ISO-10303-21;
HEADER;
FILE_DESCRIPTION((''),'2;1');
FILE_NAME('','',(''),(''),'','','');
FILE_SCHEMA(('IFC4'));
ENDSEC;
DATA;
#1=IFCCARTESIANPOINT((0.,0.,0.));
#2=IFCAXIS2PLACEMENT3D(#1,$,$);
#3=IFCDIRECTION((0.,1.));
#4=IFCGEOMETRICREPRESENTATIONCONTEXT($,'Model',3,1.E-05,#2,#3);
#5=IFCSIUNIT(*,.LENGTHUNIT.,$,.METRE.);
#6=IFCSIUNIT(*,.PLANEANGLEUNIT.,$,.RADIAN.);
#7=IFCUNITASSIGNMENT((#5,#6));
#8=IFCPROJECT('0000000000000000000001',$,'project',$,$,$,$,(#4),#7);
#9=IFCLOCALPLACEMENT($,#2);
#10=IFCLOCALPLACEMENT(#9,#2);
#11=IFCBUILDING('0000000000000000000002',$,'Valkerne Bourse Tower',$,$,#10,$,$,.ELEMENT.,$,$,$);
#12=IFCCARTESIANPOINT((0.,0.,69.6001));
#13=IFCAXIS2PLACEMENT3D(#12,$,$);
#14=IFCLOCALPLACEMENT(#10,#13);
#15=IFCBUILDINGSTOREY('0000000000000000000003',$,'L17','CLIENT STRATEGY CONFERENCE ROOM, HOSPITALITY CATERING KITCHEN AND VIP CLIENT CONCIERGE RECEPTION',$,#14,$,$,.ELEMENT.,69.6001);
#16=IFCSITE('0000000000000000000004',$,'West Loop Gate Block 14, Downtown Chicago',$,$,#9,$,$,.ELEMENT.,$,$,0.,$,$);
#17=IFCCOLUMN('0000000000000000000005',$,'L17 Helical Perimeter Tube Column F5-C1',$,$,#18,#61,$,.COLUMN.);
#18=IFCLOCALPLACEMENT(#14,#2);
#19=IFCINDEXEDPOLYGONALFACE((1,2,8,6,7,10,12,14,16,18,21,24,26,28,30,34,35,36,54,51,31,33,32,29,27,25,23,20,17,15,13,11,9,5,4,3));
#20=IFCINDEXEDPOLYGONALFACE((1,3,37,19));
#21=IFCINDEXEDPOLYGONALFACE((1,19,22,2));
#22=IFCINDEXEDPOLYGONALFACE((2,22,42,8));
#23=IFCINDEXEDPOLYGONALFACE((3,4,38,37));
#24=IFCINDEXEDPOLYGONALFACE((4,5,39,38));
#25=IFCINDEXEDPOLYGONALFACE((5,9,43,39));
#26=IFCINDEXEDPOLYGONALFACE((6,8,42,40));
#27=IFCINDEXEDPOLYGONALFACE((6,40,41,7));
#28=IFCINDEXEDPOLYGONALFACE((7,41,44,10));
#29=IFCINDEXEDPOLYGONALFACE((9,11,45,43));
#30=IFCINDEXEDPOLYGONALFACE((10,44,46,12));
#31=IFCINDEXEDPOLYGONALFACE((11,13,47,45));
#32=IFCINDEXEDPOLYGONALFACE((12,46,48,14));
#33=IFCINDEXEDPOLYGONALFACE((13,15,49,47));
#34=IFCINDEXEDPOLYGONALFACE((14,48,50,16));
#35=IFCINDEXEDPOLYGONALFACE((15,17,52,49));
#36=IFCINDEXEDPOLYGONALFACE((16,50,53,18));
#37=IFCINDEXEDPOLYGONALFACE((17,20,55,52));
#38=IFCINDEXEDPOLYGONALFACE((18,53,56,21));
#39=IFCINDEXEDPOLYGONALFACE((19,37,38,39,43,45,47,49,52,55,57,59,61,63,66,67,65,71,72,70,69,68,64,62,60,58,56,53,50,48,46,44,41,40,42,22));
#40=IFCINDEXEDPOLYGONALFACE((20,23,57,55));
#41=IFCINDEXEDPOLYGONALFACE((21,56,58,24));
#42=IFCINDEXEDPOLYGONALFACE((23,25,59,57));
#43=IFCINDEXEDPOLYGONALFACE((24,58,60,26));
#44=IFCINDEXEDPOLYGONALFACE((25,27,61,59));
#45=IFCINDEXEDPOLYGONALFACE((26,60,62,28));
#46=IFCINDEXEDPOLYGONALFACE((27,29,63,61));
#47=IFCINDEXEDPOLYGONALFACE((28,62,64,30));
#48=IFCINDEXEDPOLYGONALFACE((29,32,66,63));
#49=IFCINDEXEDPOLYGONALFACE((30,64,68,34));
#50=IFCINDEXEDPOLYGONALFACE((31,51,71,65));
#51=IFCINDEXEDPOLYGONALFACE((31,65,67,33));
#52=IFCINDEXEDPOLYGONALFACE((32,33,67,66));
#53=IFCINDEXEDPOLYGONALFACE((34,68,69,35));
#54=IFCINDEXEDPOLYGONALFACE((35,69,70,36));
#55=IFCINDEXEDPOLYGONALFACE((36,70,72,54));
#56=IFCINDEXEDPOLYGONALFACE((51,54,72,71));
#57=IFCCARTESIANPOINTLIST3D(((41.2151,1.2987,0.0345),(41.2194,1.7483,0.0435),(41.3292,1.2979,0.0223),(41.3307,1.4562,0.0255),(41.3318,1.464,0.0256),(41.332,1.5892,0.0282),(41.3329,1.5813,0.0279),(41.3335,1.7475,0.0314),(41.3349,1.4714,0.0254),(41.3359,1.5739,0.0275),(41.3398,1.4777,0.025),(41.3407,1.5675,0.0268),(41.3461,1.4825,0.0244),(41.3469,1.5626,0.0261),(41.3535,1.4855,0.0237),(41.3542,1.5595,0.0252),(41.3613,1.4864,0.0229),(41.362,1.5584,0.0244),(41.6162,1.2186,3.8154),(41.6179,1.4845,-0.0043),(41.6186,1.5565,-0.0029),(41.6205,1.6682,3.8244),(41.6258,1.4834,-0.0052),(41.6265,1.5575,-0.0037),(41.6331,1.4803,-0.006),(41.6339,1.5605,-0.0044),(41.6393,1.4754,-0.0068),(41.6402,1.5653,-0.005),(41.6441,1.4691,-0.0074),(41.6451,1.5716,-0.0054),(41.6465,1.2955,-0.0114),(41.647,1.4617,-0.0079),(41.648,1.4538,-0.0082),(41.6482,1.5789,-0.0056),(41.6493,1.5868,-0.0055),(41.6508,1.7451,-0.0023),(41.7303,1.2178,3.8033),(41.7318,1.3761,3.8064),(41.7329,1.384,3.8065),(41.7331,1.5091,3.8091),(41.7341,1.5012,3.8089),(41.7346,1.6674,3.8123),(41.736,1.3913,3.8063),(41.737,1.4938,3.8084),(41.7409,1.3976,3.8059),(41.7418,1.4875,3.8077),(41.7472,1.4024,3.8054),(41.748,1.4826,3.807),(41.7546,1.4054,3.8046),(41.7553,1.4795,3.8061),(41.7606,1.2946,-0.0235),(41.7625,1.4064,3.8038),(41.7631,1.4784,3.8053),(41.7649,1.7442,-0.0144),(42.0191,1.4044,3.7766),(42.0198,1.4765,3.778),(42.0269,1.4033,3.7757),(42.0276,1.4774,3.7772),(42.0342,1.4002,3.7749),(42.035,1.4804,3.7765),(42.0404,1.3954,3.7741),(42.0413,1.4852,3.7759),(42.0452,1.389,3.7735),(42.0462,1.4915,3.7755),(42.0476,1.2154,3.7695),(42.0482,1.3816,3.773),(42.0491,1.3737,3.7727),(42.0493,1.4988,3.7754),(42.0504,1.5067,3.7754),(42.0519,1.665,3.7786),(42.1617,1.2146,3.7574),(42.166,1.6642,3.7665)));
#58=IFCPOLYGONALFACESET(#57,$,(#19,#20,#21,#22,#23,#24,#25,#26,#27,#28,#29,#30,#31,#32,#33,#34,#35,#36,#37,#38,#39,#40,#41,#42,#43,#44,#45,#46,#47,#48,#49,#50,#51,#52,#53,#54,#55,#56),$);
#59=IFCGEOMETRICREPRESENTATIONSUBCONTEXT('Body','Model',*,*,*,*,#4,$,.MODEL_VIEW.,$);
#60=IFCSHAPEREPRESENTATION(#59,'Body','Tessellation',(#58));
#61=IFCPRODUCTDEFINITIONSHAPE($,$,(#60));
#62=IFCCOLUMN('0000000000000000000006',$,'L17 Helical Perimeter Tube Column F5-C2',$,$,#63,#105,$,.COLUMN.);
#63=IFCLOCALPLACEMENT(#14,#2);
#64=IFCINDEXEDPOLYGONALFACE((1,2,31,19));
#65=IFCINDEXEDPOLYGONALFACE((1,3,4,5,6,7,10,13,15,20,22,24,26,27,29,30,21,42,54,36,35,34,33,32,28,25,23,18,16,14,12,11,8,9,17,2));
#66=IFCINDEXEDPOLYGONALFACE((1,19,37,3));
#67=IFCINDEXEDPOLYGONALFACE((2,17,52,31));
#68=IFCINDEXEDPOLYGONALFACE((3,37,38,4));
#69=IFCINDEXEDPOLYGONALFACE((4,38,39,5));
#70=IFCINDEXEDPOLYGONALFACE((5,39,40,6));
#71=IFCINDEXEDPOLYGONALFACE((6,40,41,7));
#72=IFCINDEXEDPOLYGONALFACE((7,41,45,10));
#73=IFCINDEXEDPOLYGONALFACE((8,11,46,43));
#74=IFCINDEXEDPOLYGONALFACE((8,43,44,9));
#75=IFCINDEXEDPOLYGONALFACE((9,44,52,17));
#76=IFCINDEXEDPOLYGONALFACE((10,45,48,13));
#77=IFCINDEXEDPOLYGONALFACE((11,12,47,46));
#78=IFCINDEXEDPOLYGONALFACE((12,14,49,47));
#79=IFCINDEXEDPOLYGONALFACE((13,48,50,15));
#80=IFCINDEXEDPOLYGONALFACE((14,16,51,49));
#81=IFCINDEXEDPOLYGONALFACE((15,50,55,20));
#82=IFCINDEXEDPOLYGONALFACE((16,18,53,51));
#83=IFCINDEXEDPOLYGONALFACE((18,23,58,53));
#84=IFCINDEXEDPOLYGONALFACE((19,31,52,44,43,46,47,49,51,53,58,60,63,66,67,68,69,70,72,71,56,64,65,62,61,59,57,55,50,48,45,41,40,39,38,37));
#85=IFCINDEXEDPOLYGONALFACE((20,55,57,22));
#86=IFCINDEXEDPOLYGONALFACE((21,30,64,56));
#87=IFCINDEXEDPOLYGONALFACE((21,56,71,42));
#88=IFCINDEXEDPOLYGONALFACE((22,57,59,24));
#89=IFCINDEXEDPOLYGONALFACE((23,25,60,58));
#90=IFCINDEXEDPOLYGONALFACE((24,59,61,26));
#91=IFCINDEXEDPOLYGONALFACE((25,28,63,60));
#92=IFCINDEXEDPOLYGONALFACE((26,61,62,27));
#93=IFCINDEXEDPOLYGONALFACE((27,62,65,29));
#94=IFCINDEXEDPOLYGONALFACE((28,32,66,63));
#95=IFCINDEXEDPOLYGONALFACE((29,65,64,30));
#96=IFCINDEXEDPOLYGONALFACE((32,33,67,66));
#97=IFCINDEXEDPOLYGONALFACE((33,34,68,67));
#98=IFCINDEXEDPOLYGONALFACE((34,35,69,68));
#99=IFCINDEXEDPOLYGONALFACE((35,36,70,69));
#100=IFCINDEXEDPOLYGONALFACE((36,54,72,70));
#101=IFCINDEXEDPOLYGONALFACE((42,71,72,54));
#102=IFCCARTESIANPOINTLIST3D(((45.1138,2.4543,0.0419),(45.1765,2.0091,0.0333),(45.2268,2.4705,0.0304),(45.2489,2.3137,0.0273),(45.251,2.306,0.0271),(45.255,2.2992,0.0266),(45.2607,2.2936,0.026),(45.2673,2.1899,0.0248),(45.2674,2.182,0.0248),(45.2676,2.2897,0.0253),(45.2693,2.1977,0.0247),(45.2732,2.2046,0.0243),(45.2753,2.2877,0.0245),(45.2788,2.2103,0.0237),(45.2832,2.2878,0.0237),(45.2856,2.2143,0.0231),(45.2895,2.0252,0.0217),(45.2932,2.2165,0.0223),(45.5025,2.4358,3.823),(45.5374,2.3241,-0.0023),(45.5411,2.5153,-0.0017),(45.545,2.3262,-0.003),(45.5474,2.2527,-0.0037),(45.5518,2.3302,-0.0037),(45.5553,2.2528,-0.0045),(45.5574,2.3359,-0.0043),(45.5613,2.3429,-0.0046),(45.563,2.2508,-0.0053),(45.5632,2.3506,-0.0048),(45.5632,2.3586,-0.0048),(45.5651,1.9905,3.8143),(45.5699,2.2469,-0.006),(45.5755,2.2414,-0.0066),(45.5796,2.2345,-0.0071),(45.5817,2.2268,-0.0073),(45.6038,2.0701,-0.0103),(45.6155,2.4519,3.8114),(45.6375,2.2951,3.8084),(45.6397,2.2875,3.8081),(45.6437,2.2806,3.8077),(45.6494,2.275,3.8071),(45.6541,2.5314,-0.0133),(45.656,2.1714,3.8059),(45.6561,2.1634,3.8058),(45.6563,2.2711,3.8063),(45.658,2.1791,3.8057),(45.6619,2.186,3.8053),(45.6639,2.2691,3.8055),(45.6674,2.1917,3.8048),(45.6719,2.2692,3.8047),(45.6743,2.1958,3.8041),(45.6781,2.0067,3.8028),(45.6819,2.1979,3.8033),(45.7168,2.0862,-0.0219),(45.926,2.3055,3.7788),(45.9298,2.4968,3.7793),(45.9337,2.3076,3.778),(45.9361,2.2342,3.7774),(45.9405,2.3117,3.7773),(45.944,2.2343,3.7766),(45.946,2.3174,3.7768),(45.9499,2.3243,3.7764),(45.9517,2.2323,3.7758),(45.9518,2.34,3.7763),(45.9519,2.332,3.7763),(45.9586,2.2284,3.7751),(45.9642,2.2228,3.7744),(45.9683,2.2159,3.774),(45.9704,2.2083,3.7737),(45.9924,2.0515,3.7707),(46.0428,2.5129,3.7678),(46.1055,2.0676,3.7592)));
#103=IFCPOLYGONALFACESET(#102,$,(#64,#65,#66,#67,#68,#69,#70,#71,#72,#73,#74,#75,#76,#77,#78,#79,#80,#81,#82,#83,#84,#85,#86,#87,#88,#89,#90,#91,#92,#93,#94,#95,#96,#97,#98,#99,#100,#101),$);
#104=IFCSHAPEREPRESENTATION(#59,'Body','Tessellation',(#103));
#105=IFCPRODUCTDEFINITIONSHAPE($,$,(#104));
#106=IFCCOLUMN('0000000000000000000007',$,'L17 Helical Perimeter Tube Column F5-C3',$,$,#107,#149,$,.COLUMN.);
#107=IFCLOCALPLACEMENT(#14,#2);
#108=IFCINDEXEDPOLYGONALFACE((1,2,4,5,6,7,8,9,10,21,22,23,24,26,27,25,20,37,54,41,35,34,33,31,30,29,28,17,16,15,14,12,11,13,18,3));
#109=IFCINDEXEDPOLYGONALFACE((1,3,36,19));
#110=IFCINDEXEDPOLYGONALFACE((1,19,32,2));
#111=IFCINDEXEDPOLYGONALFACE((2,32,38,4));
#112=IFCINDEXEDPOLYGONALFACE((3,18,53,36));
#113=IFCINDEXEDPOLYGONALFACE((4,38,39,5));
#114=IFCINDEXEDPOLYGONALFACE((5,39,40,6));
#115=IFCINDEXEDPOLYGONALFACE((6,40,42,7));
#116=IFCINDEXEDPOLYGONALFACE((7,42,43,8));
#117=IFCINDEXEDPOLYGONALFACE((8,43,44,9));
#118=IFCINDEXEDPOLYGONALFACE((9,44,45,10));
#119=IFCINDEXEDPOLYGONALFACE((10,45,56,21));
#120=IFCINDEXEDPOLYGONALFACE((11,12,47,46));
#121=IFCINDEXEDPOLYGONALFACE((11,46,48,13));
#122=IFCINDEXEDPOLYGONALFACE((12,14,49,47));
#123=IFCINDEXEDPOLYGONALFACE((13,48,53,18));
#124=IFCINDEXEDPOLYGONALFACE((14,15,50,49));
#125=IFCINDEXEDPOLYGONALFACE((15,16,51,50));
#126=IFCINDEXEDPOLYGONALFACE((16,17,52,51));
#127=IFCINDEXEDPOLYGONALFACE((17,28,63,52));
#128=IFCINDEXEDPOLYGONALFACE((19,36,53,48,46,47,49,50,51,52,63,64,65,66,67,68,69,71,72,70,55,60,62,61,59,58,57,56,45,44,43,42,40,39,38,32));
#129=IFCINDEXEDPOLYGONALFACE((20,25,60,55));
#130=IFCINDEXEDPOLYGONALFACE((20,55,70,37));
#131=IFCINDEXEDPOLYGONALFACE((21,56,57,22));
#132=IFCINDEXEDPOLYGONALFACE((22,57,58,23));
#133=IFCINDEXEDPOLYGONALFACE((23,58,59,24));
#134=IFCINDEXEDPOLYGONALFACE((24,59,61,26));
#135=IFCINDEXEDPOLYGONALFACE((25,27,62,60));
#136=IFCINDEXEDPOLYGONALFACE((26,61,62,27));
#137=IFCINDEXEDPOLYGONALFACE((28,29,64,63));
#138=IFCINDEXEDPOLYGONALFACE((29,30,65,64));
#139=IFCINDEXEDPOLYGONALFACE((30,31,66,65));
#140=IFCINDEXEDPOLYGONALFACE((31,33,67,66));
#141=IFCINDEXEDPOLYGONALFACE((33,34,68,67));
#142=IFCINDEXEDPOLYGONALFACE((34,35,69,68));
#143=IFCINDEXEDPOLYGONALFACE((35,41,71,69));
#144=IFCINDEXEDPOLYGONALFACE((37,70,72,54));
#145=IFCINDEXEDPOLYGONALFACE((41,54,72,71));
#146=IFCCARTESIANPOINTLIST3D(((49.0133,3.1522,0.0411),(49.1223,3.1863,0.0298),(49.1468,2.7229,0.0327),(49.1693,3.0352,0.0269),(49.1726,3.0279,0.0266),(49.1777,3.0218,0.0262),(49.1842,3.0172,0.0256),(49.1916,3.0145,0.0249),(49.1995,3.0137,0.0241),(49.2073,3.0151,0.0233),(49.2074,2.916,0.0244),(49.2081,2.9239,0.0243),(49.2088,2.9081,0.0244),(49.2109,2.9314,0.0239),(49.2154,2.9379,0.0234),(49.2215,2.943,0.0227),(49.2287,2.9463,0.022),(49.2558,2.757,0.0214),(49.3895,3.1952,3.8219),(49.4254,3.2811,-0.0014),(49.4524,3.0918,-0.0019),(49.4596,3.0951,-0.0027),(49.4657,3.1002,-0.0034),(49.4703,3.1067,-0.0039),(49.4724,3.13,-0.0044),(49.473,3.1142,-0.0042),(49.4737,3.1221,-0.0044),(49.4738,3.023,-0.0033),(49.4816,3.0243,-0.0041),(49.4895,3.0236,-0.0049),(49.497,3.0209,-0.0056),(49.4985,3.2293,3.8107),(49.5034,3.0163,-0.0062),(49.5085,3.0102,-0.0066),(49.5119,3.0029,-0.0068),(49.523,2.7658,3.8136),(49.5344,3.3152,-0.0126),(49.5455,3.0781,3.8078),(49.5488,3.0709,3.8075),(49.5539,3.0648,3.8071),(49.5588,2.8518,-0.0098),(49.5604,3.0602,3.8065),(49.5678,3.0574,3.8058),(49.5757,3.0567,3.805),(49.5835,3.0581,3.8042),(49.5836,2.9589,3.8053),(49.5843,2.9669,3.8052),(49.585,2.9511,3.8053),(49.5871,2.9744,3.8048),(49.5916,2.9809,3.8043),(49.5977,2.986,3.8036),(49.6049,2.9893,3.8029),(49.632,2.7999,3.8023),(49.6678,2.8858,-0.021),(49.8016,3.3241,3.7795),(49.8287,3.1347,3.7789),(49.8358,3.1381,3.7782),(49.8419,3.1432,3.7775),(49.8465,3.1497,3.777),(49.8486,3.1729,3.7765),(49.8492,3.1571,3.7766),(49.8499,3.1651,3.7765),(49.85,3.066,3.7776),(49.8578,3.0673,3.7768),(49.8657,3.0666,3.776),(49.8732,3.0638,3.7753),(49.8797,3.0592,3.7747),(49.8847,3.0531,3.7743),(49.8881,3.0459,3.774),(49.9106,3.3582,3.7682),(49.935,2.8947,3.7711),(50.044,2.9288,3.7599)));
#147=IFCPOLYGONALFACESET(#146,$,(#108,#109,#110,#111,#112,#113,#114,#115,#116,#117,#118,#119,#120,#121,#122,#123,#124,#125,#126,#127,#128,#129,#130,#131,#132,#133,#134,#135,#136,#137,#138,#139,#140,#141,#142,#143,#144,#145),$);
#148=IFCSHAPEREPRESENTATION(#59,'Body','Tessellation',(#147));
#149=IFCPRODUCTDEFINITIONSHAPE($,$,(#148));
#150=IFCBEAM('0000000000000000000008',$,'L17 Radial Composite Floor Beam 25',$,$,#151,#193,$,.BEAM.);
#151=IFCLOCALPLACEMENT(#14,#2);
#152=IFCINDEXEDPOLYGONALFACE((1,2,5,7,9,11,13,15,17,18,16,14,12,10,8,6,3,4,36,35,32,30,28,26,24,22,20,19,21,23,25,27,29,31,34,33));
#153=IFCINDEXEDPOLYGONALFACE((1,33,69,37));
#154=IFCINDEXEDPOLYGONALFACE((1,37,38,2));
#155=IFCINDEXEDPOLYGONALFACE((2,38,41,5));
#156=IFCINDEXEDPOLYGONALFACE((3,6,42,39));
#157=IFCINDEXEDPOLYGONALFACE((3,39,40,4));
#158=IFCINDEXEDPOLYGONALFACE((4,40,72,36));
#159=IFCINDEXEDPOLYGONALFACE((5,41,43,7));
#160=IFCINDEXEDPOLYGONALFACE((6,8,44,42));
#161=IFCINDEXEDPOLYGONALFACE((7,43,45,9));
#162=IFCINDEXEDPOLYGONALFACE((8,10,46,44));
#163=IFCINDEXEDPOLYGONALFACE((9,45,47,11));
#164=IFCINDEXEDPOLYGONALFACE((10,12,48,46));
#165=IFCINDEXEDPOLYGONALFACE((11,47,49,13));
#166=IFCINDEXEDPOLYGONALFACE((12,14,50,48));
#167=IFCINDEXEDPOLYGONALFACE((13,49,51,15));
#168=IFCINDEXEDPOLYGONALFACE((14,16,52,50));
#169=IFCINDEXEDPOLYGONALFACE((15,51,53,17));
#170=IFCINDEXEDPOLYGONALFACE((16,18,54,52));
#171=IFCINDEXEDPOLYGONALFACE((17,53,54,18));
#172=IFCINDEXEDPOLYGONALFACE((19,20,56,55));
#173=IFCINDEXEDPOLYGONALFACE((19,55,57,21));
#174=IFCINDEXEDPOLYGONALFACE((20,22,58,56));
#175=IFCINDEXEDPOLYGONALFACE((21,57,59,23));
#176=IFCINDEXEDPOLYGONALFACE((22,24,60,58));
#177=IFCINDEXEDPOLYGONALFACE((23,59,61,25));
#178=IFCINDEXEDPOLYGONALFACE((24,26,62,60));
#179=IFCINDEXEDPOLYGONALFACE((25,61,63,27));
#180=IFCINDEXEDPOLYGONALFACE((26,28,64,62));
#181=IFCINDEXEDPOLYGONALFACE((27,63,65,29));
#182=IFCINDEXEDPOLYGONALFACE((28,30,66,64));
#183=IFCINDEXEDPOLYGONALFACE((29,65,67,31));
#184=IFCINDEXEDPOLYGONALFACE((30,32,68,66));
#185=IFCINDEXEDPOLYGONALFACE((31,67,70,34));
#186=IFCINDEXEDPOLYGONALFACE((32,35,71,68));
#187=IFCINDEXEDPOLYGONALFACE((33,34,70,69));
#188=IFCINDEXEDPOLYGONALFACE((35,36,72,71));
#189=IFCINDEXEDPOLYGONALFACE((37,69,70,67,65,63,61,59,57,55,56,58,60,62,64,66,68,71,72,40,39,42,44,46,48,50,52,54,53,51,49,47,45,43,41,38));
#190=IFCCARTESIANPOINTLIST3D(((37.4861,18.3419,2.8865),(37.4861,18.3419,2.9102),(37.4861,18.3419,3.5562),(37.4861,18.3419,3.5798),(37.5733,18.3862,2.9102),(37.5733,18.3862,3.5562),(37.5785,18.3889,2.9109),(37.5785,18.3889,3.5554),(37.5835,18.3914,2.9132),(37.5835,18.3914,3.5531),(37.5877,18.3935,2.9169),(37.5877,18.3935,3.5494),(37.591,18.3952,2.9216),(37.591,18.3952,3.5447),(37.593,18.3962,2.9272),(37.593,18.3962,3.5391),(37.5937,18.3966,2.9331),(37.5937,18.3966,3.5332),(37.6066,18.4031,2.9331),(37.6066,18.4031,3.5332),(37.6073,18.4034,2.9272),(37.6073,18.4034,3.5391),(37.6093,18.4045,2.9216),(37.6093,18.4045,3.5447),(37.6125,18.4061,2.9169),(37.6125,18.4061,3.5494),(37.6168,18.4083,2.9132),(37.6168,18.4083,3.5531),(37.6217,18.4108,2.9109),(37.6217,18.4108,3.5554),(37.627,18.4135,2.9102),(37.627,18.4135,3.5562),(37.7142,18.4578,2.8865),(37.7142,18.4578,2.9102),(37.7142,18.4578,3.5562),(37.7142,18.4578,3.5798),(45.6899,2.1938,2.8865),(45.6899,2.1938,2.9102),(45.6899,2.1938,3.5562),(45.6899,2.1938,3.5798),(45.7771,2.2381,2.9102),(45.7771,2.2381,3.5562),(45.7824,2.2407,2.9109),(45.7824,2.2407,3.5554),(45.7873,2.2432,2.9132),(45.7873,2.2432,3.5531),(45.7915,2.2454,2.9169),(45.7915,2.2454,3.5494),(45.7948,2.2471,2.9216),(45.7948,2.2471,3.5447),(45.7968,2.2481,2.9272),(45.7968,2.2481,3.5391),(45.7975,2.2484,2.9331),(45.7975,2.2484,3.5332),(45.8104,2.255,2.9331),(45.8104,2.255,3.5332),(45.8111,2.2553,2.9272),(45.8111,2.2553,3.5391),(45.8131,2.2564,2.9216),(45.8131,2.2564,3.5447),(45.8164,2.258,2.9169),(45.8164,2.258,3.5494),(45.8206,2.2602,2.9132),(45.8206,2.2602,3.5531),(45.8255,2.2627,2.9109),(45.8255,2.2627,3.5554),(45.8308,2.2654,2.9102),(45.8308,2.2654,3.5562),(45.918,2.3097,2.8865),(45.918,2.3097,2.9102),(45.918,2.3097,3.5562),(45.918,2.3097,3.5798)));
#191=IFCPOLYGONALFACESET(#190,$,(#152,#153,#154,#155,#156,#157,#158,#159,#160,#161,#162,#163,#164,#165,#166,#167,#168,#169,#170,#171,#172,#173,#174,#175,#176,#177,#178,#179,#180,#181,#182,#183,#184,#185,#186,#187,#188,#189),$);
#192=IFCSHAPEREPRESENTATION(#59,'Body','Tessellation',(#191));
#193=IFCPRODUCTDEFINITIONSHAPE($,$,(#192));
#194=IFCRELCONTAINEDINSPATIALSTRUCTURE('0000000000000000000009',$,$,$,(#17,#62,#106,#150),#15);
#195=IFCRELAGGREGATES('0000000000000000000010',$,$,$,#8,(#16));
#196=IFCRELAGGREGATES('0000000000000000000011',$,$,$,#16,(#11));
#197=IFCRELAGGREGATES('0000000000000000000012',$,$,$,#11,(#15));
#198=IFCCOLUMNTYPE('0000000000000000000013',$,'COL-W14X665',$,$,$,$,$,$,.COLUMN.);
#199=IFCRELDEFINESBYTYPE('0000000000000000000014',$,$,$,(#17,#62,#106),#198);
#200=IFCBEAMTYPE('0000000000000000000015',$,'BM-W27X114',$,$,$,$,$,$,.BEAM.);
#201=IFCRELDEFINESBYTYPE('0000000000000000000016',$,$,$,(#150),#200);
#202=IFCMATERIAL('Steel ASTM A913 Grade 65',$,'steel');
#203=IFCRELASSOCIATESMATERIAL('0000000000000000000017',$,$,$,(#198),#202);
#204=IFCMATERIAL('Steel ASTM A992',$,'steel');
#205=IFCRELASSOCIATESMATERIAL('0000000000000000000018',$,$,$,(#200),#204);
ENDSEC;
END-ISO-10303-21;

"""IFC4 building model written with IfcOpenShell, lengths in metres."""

from ifc_helpers import new_model, si_unit, direction, frame, origin, origin_2d, place, context, subcontext, project, spatial, i_section, extrude, material, material_profile, profile_set, type_object, element, save


model = new_model("IFC4")

# Units and contexts
model_context = context("Model", 3, precision=1e-05, world=origin(), true_north=direction((0.0, 1.0)))
body_context = subcontext(model_context, "Body", "Model", "MODEL_VIEW")
ifc_project = project(units=[si_unit("LENGTHUNIT", "METRE"), si_unit("PLANEANGLEUNIT", "RADIAN")], contexts=[model_context])

# Site, building, storey
site_placement = place(None, origin())
site = spatial("IfcSite", under=ifc_project, at=site_placement, Name="West Loop Gate Block 14, Downtown Chicago", CompositionType="ELEMENT", RefElevation=0.0)
building_placement = place(site_placement, origin())
building = spatial("IfcBuilding", under=site, at=building_placement, Name="Valkerne Bourse Tower", CompositionType="ELEMENT")
storey_placement = place(building_placement, frame((0.0, 0.0, 69.6001)))
storey = spatial("IfcBuildingStorey", under=building, at=storey_placement, Name="L17", Description="CLIENT STRATEGY CONFERENCE ROOM, HOSPITALITY CATERING KITCHEN AND VIP CLIENT CONCIERGE RECEPTION", CompositionType="ELEMENT", Elevation=69.6001)

# Columns
ifc_material_1 = material(Name="Steel ASTM A913 Grade 65", Category="steel")
ifc_material_profile_1 = material_profile(ifc_material_1, i_section(OverallWidth=0.4497, OverallDepth=0.5486, WebThickness=0.072, FlangeThickness=0.1147, FilletRadius=0.0305, at=origin_2d()), Name="W14X665")
ifc_profile_set_1 = profile_set([ifc_material_profile_1], Name="Steel ASTM A913 Grade 65")
column_type = type_object("IfcColumnType", Name="COL-W14X665", PredefinedType="COLUMN", material=ifc_profile_set_1)
column_1_placement = place(storey_placement, frame((41.49, 1.5215, 0.01), z_axis=(0.105474, -0.021056, 0.994199), x_axis=(0.009615, 0.999751, 0.020154)))
element("IfcColumn", 1, at=column_1_placement, inside=storey, type_object=column_type, Name="L17 Helical Perimeter Tube Column F5-C1", PredefinedType="COLUMN", context=body_context, shape_type="SweptSolid", body=[
    extrude(i_section(OverallWidth=0.4497, OverallDepth=0.5486, WebThickness=0.072, FlangeThickness=0.1147, FilletRadius=0.0305, at=origin_2d()), origin(), (0.0, 0.0, 1.0), 3.803),
])
column_2_placement = place(storey_placement, frame((45.4153, 2.2703, 0.01), z_axis=(0.102256, -0.004882, 0.994746), x_axis=(-0.139345, 0.990058, 0.019183)))
element("IfcColumn", 2, at=column_2_placement, inside=storey, type_object=column_type, Name="L17 Helical Perimeter Tube Column F5-C2", PredefinedType="COLUMN", context=body_context, shape_type="SweptSolid", body=[
    extrude(i_section(OverallWidth=0.4497, OverallDepth=0.5486, WebThickness=0.072, FlangeThickness=0.1147, FilletRadius=0.0305, at=origin_2d()), origin(), (0.0, 0.0, 1.0), 3.801),
])
column_3_placement = place(storey_placement, frame((49.3406, 3.019, 0.01), z_axis=(0.099008, 0.011308, 0.995022), x_axis=(-0.296708, 0.954786, 0.018673)))
element("IfcColumn", 3, at=column_3_placement, inside=storey, type_object=column_type, Name="L17 Helical Perimeter Tube Column F5-C3", PredefinedType="COLUMN", context=body_context, shape_type="SweptSolid", body=[
    extrude(i_section(OverallWidth=0.4497, OverallDepth=0.5486, WebThickness=0.072, FlangeThickness=0.1147, FilletRadius=0.0305, at=origin_2d()), origin(), (0.0, 0.0, 1.0), 3.7998),
])

# Beam
ifc_material_2 = material(Name="Steel ASTM A992", Category="steel")
ifc_material_profile_2 = material_profile(ifc_material_2, i_section(OverallWidth=0.2559, OverallDepth=0.6934, WebThickness=0.0144, FlangeThickness=0.0237, FilletRadius=0.0229, at=origin_2d()), Name="W27X114")
ifc_profile_set_2 = profile_set([ifc_material_profile_2], Name="Steel ASTM A992")
beam_type_1 = type_object("IfcBeamType", Name="BM-W27X114", PredefinedType="BEAM", material=ifc_profile_set_2)
beam_1_placement = place(storey_placement, frame((45.804, 2.2517, 3.2332), z_axis=(-0.452936, 0.891543, 0.0), x_axis=(-0.891543, -0.452936, 0.0)))
element("IfcBeam", 4, at=beam_1_placement, inside=storey, type_object=beam_type_1, Name="L17 Radial Composite Floor Beam 25", PredefinedType="BEAM", context=body_context, shape_type="SweptSolid", body=[
    extrude(i_section(OverallWidth=0.2559, OverallDepth=0.6934, WebThickness=0.0144, FlangeThickness=0.0237, FilletRadius=0.0229, at=origin_2d()), origin(), (0.0, 0.0, 1.0), 18.1125),
])

save(model, "model.ifc")
